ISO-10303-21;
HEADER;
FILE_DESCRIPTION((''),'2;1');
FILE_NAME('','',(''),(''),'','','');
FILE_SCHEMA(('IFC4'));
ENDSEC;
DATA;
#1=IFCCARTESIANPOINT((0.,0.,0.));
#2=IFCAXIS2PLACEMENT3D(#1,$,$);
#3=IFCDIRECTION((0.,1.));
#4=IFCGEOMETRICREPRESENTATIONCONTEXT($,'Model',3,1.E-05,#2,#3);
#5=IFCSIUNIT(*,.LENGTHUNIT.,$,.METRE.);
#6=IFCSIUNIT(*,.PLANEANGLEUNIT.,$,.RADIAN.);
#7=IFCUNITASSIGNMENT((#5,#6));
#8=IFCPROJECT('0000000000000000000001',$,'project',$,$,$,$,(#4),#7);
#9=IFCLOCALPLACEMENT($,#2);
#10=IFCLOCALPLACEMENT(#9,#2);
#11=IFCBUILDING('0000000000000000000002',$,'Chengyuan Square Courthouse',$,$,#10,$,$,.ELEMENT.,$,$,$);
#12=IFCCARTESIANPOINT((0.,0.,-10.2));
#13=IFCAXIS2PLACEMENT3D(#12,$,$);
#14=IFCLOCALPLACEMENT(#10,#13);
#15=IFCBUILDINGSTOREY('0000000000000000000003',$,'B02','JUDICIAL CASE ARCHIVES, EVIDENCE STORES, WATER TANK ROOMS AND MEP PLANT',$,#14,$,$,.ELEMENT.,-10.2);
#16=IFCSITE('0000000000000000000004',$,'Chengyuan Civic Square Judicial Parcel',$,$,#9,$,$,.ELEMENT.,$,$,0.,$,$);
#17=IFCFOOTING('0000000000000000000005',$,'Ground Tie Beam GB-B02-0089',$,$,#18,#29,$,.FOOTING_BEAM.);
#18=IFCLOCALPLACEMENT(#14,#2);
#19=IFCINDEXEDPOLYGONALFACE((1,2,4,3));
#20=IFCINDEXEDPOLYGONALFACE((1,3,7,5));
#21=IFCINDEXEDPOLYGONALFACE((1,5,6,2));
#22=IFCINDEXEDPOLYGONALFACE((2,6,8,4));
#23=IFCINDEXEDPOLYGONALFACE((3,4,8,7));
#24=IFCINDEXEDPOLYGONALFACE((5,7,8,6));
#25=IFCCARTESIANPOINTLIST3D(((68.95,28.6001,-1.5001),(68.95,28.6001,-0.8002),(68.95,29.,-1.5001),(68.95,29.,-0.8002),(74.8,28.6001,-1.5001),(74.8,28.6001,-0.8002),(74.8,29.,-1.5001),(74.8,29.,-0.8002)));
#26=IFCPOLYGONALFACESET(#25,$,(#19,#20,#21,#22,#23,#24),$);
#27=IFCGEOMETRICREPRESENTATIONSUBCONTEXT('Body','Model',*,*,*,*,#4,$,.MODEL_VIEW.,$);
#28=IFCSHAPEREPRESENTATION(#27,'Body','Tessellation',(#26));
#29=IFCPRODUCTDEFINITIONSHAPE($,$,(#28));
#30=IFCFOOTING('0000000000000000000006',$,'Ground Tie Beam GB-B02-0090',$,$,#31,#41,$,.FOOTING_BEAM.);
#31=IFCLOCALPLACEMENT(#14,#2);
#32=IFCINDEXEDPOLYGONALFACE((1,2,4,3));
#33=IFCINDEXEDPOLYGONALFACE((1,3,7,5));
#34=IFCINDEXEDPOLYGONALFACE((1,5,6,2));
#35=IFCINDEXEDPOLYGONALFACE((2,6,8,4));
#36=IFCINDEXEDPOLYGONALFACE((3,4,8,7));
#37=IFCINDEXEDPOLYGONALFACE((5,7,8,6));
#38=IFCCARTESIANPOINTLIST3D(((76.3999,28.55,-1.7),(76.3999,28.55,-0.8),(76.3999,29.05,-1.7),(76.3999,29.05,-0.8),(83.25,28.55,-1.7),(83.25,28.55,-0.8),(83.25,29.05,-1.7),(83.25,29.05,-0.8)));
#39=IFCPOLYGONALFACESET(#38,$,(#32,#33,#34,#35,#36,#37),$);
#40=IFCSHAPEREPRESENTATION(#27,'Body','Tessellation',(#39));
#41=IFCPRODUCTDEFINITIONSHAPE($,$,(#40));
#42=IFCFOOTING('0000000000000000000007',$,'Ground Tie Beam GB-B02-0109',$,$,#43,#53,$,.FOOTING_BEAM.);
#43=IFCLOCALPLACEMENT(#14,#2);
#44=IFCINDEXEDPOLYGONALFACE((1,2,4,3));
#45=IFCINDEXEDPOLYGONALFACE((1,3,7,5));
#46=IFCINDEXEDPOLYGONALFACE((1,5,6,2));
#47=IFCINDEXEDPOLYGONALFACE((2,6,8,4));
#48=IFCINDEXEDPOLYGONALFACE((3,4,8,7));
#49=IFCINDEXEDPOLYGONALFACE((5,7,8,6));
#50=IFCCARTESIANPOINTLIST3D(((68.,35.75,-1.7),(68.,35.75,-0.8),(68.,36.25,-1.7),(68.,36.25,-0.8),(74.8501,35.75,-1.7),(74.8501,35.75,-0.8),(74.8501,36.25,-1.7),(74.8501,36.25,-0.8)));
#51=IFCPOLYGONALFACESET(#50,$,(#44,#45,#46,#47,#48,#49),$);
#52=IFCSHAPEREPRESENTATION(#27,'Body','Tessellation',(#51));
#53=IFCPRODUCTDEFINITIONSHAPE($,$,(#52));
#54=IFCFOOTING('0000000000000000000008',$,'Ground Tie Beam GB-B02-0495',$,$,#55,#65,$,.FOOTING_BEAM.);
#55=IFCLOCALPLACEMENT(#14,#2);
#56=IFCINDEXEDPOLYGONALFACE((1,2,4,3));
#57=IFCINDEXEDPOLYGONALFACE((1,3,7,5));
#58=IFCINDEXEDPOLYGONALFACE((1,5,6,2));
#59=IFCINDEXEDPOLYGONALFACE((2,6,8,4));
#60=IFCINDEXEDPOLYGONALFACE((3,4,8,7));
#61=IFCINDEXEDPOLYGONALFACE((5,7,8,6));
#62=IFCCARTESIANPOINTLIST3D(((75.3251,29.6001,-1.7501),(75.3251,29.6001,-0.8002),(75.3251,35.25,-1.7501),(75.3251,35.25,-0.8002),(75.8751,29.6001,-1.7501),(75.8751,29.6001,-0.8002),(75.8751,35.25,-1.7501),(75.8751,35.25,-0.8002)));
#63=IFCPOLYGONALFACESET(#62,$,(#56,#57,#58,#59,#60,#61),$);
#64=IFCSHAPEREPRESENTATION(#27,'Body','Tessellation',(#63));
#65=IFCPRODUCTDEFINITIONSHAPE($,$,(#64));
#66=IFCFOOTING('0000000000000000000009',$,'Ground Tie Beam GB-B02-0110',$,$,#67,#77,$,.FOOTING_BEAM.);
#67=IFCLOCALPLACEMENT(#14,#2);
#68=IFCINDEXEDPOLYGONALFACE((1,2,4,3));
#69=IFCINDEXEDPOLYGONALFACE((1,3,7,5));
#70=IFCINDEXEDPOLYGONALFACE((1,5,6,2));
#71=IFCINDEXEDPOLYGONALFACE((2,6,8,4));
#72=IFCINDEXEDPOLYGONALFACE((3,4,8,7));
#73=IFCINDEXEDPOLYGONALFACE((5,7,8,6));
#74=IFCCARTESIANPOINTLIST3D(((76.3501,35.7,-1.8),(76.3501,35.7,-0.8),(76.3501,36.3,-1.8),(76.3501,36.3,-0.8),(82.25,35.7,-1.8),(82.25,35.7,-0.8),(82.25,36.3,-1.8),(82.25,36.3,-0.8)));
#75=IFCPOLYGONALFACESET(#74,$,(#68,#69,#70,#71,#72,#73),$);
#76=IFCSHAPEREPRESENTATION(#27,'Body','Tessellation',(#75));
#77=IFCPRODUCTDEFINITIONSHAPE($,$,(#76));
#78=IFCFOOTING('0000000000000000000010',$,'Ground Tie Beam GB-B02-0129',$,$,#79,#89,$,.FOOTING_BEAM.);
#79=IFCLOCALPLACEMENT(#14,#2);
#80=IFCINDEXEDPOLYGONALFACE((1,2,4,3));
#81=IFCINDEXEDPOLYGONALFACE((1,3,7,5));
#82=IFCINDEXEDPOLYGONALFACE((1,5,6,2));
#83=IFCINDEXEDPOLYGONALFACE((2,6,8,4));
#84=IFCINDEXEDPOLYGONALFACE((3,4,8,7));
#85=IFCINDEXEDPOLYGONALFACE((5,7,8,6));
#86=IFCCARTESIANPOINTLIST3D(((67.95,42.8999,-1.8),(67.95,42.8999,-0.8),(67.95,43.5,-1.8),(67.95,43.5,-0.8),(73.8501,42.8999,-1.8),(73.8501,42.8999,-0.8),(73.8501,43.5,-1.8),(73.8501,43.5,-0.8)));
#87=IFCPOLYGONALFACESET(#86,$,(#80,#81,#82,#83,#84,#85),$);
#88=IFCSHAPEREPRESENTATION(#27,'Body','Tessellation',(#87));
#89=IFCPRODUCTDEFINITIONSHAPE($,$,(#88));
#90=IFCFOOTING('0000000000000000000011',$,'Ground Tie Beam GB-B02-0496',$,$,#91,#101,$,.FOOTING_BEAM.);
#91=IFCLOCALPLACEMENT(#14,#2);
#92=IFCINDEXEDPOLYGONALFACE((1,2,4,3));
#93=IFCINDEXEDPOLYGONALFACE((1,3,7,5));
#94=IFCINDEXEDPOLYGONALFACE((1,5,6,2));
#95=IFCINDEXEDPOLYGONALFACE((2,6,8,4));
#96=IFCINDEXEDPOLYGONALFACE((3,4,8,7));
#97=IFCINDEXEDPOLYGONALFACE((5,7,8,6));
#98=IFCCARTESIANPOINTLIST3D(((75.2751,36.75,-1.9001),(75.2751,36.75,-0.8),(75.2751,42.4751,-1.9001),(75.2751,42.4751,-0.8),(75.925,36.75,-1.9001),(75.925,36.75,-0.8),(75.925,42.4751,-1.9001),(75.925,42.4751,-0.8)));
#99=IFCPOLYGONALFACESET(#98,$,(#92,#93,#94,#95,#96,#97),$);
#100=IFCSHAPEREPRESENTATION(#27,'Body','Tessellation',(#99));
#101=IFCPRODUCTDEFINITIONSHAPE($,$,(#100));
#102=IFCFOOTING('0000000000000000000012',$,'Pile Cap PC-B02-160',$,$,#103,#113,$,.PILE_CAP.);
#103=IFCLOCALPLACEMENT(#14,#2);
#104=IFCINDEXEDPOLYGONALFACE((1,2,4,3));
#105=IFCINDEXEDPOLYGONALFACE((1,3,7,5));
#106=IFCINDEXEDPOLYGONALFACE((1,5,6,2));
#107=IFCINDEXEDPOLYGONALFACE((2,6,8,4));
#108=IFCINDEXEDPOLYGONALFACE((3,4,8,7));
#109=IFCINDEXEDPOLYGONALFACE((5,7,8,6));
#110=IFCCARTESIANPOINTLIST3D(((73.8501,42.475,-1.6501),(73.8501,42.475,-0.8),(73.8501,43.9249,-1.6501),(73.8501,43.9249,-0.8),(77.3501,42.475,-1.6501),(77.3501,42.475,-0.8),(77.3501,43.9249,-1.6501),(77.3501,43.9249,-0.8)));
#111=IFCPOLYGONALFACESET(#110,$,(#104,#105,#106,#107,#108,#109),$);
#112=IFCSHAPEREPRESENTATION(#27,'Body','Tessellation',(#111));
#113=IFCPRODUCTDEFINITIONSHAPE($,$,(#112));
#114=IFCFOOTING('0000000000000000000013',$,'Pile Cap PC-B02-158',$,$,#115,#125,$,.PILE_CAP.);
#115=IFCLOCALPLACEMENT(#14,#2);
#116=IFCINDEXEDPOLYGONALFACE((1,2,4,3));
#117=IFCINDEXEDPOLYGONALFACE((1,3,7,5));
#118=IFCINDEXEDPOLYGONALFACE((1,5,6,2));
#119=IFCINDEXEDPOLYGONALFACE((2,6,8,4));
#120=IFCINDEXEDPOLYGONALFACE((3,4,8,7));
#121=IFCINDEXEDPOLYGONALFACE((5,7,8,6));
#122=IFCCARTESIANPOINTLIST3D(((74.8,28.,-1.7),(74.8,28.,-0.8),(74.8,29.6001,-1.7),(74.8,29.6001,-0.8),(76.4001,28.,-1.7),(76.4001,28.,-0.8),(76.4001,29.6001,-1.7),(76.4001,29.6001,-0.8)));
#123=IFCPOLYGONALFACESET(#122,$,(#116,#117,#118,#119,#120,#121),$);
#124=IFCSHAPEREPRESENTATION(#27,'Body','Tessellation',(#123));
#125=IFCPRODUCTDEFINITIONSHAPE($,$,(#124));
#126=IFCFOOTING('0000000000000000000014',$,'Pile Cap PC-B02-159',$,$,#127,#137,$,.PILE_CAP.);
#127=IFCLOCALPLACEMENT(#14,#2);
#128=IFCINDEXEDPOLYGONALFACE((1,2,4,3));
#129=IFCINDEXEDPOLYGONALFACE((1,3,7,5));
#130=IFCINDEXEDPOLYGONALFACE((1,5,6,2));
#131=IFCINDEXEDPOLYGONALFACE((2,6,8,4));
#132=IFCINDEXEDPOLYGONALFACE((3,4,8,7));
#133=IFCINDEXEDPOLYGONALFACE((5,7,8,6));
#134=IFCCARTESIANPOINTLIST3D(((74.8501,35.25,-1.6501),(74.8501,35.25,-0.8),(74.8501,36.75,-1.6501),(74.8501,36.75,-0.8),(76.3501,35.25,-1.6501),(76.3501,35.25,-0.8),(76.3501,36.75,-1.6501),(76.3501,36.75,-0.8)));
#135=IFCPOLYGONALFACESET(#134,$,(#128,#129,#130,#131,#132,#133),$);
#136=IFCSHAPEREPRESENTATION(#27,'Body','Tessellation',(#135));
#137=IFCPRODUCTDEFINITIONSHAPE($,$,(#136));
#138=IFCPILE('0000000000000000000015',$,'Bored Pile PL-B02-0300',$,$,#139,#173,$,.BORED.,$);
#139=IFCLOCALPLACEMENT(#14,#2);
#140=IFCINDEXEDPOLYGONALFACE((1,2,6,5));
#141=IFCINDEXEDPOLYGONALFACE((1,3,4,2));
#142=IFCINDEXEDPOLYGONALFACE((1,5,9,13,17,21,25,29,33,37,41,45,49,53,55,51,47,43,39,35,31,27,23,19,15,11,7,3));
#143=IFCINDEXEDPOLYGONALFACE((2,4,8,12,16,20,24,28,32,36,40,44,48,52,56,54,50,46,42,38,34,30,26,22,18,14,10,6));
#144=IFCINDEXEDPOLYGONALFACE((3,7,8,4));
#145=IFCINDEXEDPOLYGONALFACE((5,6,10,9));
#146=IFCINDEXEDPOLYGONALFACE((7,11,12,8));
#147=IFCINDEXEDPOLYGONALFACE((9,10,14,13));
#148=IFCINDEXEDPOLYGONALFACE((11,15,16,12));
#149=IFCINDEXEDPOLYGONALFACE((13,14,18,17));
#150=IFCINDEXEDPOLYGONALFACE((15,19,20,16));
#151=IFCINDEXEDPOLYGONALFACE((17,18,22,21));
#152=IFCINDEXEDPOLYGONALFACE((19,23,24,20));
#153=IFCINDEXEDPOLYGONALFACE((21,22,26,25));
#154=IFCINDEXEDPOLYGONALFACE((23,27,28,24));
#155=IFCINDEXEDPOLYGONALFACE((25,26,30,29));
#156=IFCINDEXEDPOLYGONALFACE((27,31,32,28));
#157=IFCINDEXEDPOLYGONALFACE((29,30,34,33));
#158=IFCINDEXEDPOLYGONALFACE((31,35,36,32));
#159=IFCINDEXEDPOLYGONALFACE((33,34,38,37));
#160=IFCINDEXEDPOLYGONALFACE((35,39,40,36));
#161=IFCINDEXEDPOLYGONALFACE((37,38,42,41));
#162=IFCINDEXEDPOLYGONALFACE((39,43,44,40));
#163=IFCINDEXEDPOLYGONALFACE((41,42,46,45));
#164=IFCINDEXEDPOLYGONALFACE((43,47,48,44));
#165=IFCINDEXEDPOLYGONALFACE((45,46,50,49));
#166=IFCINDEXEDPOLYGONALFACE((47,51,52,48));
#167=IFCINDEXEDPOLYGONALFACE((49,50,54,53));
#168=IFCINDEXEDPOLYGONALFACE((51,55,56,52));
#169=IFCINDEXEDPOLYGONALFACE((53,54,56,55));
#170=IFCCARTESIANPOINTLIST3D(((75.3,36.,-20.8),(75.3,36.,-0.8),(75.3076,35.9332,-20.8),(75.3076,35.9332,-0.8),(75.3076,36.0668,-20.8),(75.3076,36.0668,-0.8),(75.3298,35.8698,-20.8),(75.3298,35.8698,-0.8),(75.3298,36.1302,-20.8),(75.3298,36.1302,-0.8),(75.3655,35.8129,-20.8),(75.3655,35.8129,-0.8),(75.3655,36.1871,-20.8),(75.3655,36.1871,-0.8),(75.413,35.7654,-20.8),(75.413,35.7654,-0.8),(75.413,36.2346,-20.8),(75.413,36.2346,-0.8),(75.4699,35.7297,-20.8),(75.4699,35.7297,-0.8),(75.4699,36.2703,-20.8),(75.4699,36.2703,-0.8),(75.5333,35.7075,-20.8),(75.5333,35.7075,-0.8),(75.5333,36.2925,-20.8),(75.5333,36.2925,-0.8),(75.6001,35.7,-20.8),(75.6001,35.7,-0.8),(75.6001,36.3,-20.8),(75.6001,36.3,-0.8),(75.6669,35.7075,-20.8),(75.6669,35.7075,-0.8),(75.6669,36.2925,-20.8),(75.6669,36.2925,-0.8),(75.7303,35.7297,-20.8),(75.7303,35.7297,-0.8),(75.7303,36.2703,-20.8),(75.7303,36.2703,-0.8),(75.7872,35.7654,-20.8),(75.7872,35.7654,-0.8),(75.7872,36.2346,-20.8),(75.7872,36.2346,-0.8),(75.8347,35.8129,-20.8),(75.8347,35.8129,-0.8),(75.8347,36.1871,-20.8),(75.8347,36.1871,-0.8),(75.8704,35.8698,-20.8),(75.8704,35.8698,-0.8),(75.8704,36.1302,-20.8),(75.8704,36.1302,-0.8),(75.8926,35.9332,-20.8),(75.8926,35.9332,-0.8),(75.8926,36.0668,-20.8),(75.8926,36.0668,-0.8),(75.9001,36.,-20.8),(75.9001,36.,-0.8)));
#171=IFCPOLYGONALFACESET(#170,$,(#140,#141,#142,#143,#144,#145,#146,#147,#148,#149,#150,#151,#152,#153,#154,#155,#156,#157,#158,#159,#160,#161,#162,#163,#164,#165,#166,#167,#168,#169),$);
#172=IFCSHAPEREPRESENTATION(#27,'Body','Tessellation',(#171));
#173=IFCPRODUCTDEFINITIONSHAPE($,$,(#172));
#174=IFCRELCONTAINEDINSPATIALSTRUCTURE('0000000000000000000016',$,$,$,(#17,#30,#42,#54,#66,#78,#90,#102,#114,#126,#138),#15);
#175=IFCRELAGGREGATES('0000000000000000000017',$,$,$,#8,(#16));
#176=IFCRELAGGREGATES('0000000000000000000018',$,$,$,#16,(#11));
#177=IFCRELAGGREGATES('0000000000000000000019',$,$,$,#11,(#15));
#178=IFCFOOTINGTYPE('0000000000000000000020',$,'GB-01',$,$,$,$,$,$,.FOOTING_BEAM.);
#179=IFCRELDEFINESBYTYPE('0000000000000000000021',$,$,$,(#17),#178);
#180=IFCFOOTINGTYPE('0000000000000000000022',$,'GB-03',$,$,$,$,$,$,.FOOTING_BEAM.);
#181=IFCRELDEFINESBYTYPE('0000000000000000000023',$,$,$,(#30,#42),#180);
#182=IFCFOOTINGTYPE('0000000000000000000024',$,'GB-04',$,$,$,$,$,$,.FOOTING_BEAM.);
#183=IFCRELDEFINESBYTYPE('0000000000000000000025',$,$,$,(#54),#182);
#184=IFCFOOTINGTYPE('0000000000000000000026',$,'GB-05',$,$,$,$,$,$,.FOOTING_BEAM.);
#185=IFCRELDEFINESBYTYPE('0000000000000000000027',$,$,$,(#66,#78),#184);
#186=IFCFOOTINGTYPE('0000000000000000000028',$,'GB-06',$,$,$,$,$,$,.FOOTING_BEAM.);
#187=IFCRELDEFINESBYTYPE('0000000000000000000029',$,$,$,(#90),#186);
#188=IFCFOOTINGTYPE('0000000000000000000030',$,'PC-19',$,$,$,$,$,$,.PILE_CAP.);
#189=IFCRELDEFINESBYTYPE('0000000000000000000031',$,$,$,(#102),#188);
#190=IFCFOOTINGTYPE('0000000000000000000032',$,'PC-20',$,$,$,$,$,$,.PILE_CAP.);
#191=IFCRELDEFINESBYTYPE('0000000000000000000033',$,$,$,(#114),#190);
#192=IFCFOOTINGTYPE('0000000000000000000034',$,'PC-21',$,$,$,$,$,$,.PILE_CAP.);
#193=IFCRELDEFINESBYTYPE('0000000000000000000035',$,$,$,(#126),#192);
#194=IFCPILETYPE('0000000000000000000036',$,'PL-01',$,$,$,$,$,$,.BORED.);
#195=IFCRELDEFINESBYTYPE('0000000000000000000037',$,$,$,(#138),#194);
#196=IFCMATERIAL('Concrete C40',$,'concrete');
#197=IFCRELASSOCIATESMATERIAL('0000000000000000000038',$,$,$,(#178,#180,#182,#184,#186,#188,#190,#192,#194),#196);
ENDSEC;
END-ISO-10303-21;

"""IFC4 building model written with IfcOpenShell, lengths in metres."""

from ifc_helpers import new_model, si_unit, direction, frame, origin, origin_2d, place, context, subcontext, project, spatial, rectangle, circle, extrude, material, material_profile, profile_set, type_object, element, save


model = new_model("IFC4")

# Units and contexts
model_context = context("Model", 3, precision=1e-05, world=origin(), true_north=direction((0.0, 1.0)))
body_context = subcontext(model_context, "Body", "Model", "MODEL_VIEW")
ifc_project = project(units=[si_unit("LENGTHUNIT", "METRE"), si_unit("PLANEANGLEUNIT", "RADIAN")], contexts=[model_context])

# Site, building, storey
site_placement = place(None, origin())
site = spatial("IfcSite", under=ifc_project, at=site_placement, Name="Chengyuan Civic Square Judicial Parcel", CompositionType="ELEMENT", RefElevation=0.0)
building_placement = place(site_placement, origin())
building = spatial("IfcBuilding", under=site, at=building_placement, Name="Chengyuan Square Courthouse", CompositionType="ELEMENT")
storey_placement = place(building_placement, frame((0.0, 0.0, -10.2)))
storey = spatial("IfcBuildingStorey", under=building, at=storey_placement, Name="B02", Description="JUDICIAL CASE ARCHIVES, EVIDENCE STORES, WATER TANK ROOMS AND MEP PLANT", CompositionType="ELEMENT", Elevation=-10.2)

# Footings
ifc_material_1 = material(Name="Concrete C40", Category="concrete")
ifc_material_profile_1 = material_profile(ifc_material_1, rectangle(XDim=0.3999, YDim=0.7, at=origin_2d()), Name="GB-400x700")
ifc_profile_set_1 = profile_set([ifc_material_profile_1], Name="Concrete C40")
footing_type_1 = type_object("IfcFootingType", Name="GB-01", PredefinedType="FOOTING_BEAM", material=ifc_profile_set_1)
footing_1_placement = place(storey_placement, frame((68.95, 28.8, -1.1501), z_axis=(1.0, 0.0, 0.0), x_axis=(0.0, 1.0, 0.0)))
element("IfcFooting", 1, at=footing_1_placement, inside=storey, type_object=footing_type_1, Name="Ground Tie Beam GB-B02-0089", PredefinedType="FOOTING_BEAM", context=body_context, shape_type="SweptSolid", body=[
    extrude(rectangle(XDim=0.3999, YDim=0.7, at=origin_2d()), origin(), (0.0, 0.0, 1.0), 5.8501),
])
ifc_material_profile_2 = material_profile(ifc_material_1, rectangle(XDim=0.5, YDim=0.8999, at=origin_2d()), Name="GB-500x900")
ifc_profile_set_2 = profile_set([ifc_material_profile_2], Name="Concrete C40")
footing_type_2 = type_object("IfcFootingType", Name="GB-03", PredefinedType="FOOTING_BEAM", material=ifc_profile_set_2)
for number, where, z_axis, x_axis, name in (
    (2, (76.3999, 28.8, -1.25), (1.0, 0.0, 0.0), (0.0, 1.0, 0.0), "Ground Tie Beam GB-B02-0090"),
    (3, (68.0, 36.0, -1.25), (1.0, 0.0, 0.0), (0.0, 1.0, 0.0), "Ground Tie Beam GB-B02-0109"),
):
    element("IfcFooting", number, at=place(storey_placement, frame(where, z_axis=z_axis, x_axis=x_axis)), inside=storey, type_object=footing_type_2, Name=name, PredefinedType="FOOTING_BEAM", context=body_context, shape_type="SweptSolid", body=[
        extrude(rectangle(XDim=0.5, YDim=0.8999, at=origin_2d()), origin(), (0.0, 0.0, 1.0), 6.8501),
    ])
ifc_material_profile_3 = material_profile(ifc_material_1, rectangle(XDim=0.55, YDim=0.95, at=origin_2d()), Name="GB-550x950")
ifc_profile_set_3 = profile_set([ifc_material_profile_3], Name="Concrete C40")
footing_type_3 = type_object("IfcFootingType", Name="GB-04", PredefinedType="FOOTING_BEAM", material=ifc_profile_set_3)
footing_2_placement = place(storey_placement, frame((75.6001, 29.6001, -1.2751), z_axis=(0.0, 1.0, 0.0), x_axis=(-1.0, 0.0, 0.0)))
element("IfcFooting", 4, at=footing_2_placement, inside=storey, type_object=footing_type_3, Name="Ground Tie Beam GB-B02-0495", PredefinedType="FOOTING_BEAM", context=body_context, shape_type="SweptSolid", body=[
    extrude(rectangle(XDim=0.55, YDim=0.95, at=origin_2d()), origin(), (0.0, 0.0, 1.0), 5.6499),
])
ifc_material_profile_4 = material_profile(ifc_material_1, rectangle(XDim=0.6001, YDim=1.0, at=origin_2d()), Name="GB-600x1000")
ifc_profile_set_4 = profile_set([ifc_material_profile_4], Name="Concrete C40")
footing_type_4 = type_object("IfcFootingType", Name="GB-05", PredefinedType="FOOTING_BEAM", material=ifc_profile_set_4)
footing_3_placement = place(storey_placement, frame((76.3501, 36.0, -1.3), z_axis=(1.0, 0.0, 0.0), x_axis=(0.0, 1.0, 0.0)))
element("IfcFooting", 5, at=footing_3_placement, inside=storey, type_object=footing_type_4, Name="Ground Tie Beam GB-B02-0110", PredefinedType="FOOTING_BEAM", context=body_context, shape_type="SweptSolid", body=[
    extrude(rectangle(XDim=0.6001, YDim=1.0, at=origin_2d()), origin(), (0.0, 0.0, 1.0), 5.8999),
])
footing_4_placement = place(storey_placement, frame((67.95, 43.2, -1.3), z_axis=(1.0, 0.0, 0.0), x_axis=(0.0, 1.0, 0.0)))
element("IfcFooting", 6, at=footing_4_placement, inside=storey, type_object=footing_type_4, Name="Ground Tie Beam GB-B02-0129", PredefinedType="FOOTING_BEAM", context=body_context, shape_type="SweptSolid", body=[
    extrude(rectangle(XDim=0.6001, YDim=1.0, at=origin_2d()), origin(), (0.0, 0.0, 1.0), 5.9001),
])
ifc_material_profile_5 = material_profile(ifc_material_1, rectangle(XDim=0.6499, YDim=1.1001, at=origin_2d()), Name="GB-650x1100")
ifc_profile_set_5 = profile_set([ifc_material_profile_5], Name="Concrete C40")
footing_type_5 = type_object("IfcFootingType", Name="GB-06", PredefinedType="FOOTING_BEAM", material=ifc_profile_set_5)
footing_5_placement = place(storey_placement, frame((75.6001, 36.75, -1.3501), z_axis=(0.0, 1.0, 0.0), x_axis=(-1.0, 0.0, 0.0)))
element("IfcFooting", 7, at=footing_5_placement, inside=storey, type_object=footing_type_5, Name="Ground Tie Beam GB-B02-0496", PredefinedType="FOOTING_BEAM", context=body_context, shape_type="SweptSolid", body=[
    extrude(rectangle(XDim=0.6499, YDim=1.1001, at=origin_2d()), origin(), (0.0, 0.0, 1.0), 5.7251),
])
footing_type_6 = type_object("IfcFootingType", Name="PC-19", PredefinedType="PILE_CAP", material=ifc_material_1)
footing_6_placement = place(storey_placement, frame((75.6001, 43.2, -1.6501), z_axis=(0.0, 0.0, 1.0), x_axis=(1.0, 0.0, 0.0)))
element("IfcFooting", 8, at=footing_6_placement, inside=storey, type_object=footing_type_6, Name="Pile Cap PC-B02-160", PredefinedType="PILE_CAP", context=body_context, shape_type="SweptSolid", body=[
    extrude(rectangle(XDim=3.5, YDim=1.45, at=origin_2d()), origin(), (0.0, 0.0, 1.0), 0.8501),
])
footing_type_7 = type_object("IfcFootingType", Name="PC-20", PredefinedType="PILE_CAP", material=ifc_material_1)
footing_7_placement = place(storey_placement, frame((75.6001, 28.8, -1.7), z_axis=(0.0, 0.0, 1.0), x_axis=(1.0, 0.0, 0.0)))
element("IfcFooting", 9, at=footing_7_placement, inside=storey, type_object=footing_type_7, Name="Pile Cap PC-B02-158", PredefinedType="PILE_CAP", context=body_context, shape_type="SweptSolid", body=[
    extrude(rectangle(XDim=1.6001, YDim=1.6001, at=origin_2d()), origin(), (0.0, 0.0, 1.0), 0.8999),
])
footing_type_8 = type_object("IfcFootingType", Name="PC-21", PredefinedType="PILE_CAP", material=ifc_material_1)
footing_8_placement = place(storey_placement, frame((75.6001, 36.0, -1.6501), z_axis=(0.0, 0.0, 1.0), x_axis=(1.0, 0.0, 0.0)))
element("IfcFooting", 10, at=footing_8_placement, inside=storey, type_object=footing_type_8, Name="Pile Cap PC-B02-159", PredefinedType="PILE_CAP", context=body_context, shape_type="SweptSolid", body=[
    extrude(rectangle(XDim=1.5, YDim=1.5, at=origin_2d()), origin(), (0.0, 0.0, 1.0), 0.8501),
])

# Pile
ifc_material_profile_6 = material_profile(ifc_material_1, circle(Radius=0.3, at=origin_2d()), Name="BORED PILE D600")
ifc_profile_set_6 = profile_set([ifc_material_profile_6], Name="Concrete C40")
pile_type_1 = type_object("IfcPileType", Name="PL-01", PredefinedType="BORED", material=ifc_profile_set_6)
pile_placement = place(storey_placement, frame((75.6001, 36.0, -0.8), z_axis=(0.0, 0.0, -1.0), x_axis=(1.0, 0.0, 0.0)))
element("IfcPile", 11, at=pile_placement, inside=storey, type_object=pile_type_1, Name="Bored Pile PL-B02-0300", PredefinedType="BORED", context=body_context, shape_type="SweptSolid", body=[
    extrude(circle(Radius=0.3, at=origin_2d()), origin(), (0.0, 0.0, 1.0), 20.0),
])

save(model, "model.ifc")
